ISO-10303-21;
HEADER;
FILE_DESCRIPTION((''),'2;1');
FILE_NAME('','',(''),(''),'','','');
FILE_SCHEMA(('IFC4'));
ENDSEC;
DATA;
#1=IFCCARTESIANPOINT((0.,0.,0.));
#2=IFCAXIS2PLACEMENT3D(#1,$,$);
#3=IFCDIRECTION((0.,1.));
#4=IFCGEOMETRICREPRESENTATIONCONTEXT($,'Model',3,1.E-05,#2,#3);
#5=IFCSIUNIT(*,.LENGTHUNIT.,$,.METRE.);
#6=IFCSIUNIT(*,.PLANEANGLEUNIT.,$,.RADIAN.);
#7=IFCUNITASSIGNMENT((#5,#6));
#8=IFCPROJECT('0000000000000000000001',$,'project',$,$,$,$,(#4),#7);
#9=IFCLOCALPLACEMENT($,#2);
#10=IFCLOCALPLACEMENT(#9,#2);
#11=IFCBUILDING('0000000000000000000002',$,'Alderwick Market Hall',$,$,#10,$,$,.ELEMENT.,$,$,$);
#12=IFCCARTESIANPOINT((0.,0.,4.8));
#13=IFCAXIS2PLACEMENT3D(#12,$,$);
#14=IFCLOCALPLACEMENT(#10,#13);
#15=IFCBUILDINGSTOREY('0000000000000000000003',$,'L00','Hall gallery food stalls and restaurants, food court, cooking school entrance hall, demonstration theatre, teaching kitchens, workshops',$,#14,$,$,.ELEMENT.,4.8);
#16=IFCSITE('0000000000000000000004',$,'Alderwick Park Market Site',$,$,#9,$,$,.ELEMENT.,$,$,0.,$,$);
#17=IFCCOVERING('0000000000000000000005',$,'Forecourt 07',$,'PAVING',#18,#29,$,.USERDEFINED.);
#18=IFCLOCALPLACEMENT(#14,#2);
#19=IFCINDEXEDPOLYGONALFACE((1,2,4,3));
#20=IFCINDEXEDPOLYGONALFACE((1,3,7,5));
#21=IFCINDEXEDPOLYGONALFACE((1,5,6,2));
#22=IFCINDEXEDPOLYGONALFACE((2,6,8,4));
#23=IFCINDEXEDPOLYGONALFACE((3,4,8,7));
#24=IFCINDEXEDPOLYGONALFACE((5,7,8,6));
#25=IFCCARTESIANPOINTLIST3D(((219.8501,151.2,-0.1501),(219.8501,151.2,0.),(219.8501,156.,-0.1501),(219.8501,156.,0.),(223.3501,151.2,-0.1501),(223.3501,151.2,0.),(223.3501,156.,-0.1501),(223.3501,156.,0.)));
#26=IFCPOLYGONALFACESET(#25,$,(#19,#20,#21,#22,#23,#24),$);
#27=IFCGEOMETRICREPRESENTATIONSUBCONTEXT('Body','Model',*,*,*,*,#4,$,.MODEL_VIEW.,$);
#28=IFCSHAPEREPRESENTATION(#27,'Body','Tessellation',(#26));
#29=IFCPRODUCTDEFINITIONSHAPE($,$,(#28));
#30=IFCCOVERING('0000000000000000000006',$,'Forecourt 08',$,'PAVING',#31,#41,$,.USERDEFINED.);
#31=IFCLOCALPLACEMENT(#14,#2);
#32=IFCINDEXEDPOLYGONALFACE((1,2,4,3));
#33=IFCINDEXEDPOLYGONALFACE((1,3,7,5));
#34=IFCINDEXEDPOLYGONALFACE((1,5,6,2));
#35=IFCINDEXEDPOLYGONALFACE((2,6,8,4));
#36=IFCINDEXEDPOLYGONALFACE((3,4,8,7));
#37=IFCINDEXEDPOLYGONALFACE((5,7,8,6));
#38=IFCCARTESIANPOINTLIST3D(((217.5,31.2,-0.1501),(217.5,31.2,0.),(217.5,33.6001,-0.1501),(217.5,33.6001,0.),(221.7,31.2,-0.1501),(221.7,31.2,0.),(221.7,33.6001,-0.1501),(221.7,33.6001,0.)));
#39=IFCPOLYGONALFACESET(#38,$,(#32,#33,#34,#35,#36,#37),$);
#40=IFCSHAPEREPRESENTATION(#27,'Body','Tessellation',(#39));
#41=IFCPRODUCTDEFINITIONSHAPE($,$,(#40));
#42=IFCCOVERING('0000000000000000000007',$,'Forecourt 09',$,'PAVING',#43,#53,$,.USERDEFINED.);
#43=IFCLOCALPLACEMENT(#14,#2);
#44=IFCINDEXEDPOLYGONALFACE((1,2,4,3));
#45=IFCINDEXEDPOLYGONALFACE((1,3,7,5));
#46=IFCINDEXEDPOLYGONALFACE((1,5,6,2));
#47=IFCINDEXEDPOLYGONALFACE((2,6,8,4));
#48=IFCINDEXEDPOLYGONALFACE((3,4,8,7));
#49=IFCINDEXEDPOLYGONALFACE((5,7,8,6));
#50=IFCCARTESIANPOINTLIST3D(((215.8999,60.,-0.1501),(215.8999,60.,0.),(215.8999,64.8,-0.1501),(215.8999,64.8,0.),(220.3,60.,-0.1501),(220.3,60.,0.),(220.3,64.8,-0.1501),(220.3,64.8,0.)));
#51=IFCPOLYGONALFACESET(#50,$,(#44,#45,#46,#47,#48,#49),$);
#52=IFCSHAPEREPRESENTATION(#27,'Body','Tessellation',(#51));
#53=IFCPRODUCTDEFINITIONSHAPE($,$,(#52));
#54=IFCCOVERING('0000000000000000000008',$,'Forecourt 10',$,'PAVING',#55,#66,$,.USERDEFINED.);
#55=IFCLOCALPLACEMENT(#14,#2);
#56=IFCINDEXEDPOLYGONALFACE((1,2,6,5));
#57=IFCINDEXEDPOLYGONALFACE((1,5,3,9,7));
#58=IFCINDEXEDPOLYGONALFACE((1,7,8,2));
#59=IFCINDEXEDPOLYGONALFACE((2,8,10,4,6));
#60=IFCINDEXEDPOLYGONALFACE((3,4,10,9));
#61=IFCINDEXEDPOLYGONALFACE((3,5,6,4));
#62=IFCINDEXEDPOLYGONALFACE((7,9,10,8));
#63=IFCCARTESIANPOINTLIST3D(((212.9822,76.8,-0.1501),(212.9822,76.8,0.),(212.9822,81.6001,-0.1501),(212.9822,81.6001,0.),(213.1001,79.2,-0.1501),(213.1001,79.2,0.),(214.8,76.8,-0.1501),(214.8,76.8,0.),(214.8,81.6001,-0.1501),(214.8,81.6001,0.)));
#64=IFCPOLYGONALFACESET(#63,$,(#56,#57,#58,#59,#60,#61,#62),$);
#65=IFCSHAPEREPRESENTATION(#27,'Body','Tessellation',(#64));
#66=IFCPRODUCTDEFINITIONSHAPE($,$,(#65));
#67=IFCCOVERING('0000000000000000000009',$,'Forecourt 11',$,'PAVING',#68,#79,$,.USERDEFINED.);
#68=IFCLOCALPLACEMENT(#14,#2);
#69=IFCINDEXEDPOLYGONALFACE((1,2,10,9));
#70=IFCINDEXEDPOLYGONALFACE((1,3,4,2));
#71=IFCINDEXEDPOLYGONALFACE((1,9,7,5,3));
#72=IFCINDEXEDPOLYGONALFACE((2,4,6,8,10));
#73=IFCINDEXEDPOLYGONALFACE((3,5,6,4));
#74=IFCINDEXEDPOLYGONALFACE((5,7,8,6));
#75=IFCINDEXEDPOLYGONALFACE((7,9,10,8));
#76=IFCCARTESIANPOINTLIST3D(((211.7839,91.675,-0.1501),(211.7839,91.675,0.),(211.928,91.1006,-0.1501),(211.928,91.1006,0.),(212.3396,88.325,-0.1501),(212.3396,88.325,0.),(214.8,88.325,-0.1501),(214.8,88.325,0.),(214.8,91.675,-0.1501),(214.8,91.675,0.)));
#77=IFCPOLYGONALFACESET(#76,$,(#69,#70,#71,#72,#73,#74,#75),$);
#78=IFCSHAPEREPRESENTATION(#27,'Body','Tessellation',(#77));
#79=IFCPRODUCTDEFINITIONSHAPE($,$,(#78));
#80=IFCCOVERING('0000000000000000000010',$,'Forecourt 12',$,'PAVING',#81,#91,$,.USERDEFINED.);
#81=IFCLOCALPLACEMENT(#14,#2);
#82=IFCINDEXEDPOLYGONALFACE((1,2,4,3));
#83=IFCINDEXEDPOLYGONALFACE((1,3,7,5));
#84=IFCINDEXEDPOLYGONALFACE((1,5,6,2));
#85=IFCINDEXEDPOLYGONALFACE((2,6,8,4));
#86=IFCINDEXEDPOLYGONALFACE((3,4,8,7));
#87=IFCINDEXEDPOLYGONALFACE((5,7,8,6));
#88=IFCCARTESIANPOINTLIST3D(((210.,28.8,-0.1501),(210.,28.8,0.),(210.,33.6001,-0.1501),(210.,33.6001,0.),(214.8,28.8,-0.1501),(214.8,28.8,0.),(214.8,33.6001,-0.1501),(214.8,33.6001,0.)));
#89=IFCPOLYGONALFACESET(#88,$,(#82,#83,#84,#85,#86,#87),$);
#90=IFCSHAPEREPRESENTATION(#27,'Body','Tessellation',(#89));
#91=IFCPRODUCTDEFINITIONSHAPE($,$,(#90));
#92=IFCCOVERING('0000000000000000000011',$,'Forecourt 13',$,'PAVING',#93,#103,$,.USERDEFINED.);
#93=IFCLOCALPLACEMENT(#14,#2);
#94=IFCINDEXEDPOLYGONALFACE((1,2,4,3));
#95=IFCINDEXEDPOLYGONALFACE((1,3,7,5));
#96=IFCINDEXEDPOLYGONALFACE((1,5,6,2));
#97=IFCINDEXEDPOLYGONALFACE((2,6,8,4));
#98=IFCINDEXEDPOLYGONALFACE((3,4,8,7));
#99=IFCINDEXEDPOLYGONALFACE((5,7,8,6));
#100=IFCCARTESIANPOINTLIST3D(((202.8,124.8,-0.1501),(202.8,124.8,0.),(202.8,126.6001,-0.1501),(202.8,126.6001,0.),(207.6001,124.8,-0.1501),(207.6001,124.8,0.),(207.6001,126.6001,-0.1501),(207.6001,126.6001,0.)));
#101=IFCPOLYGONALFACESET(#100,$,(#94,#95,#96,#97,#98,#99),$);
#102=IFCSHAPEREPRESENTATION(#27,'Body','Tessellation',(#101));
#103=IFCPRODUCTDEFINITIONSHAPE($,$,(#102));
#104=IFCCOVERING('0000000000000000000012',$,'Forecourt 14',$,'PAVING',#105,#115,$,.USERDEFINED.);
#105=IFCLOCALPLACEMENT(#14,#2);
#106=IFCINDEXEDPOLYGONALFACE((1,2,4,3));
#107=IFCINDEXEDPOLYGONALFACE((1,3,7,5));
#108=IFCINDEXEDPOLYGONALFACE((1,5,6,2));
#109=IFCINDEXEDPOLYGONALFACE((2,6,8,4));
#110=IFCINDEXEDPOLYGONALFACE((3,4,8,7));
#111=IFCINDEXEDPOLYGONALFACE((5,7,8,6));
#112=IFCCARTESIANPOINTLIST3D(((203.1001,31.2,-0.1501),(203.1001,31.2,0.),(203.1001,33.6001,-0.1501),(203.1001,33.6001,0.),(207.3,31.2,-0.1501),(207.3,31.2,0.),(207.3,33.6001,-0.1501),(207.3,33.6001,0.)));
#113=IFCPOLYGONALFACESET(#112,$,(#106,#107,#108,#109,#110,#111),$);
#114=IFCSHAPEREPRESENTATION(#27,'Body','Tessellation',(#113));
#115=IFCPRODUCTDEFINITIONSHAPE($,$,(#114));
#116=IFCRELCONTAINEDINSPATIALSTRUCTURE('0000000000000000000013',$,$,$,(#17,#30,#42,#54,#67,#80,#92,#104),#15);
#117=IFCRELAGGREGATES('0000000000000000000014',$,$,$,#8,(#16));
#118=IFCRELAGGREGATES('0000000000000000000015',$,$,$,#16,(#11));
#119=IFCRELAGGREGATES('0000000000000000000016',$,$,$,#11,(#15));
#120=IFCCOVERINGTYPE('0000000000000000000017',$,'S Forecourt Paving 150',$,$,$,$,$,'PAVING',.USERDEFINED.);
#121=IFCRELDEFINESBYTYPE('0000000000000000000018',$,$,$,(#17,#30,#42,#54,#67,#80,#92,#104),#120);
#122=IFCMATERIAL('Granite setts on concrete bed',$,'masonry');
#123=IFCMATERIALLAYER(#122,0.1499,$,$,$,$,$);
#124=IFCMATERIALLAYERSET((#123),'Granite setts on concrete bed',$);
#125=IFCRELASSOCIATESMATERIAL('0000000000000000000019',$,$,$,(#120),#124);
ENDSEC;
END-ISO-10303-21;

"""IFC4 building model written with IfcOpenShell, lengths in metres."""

from ifc_helpers import new_model, si_unit, direction, frame, origin, place, context, subcontext, project, spatial, polyline, outline, extrude, material, layer, layer_set, type_object, element, save


model = new_model("IFC4")

# Units and contexts
model_context = context("Model", 3, precision=1e-05, world=origin(), true_north=direction((0.0, 1.0)))
body_context = subcontext(model_context, "Body", "Model", "MODEL_VIEW")
ifc_project = project(units=[si_unit("LENGTHUNIT", "METRE"), si_unit("PLANEANGLEUNIT", "RADIAN")], contexts=[model_context])

# Site, building, storey
site_placement = place(None, origin())
site = spatial("IfcSite", under=ifc_project, at=site_placement, Name="Alderwick Park Market Site", CompositionType="ELEMENT", RefElevation=0.0)
building_placement = place(site_placement, origin())
building = spatial("IfcBuilding", under=site, at=building_placement, Name="Alderwick Market Hall", CompositionType="ELEMENT")
storey_placement = place(building_placement, frame((0.0, 0.0, 4.8)))
storey = spatial("IfcBuildingStorey", under=building, at=storey_placement, Name="L00", Description="Hall gallery food stalls and restaurants, food court, cooking school entrance hall, demonstration theatre, teaching kitchens, workshops", CompositionType="ELEMENT", Elevation=4.8)

# Coverings
ifc_material_1 = material(Name="Granite setts on concrete bed", Category="masonry")
ifc_layer_1 = layer(ifc_material_1, 0.1499)
ifc_layer_set_1 = layer_set([ifc_layer_1], Name="Granite setts on concrete bed")
covering_type_1 = type_object("IfcCoveringType", Name="S Forecourt Paving 150", ElementType="PAVING", PredefinedType="USERDEFINED", material=ifc_layer_set_1)
covering_1_placement = place(storey_placement, frame((0.0, 0.0, -0.1501)))
element("IfcCovering", 1, at=covering_1_placement, inside=storey, type_object=covering_type_1, Name="Forecourt 07", ObjectType="PAVING", PredefinedType="USERDEFINED", context=body_context, shape_type="SweptSolid", body=[
    extrude(outline(polyline([(223.3501, 151.2), (223.3501, 156.0), (219.8501, 156.0), (219.8501, 151.2), (223.3501, 151.2)])), origin(), (0.0, 0.0, 1.0), 0.1501),
])
covering_2_placement = place(storey_placement, frame((0.0, 0.0, -0.1501)))
element("IfcCovering", 2, at=covering_2_placement, inside=storey, type_object=covering_type_1, Name="Forecourt 08", ObjectType="PAVING", PredefinedType="USERDEFINED", context=body_context, shape_type="SweptSolid", body=[
    extrude(outline(polyline([(221.7, 31.2), (221.7, 33.6001), (217.5, 33.6001), (217.5, 31.2), (221.7, 31.2)])), origin(), (0.0, 0.0, 1.0), 0.1501),
])
covering_3_placement = place(storey_placement, frame((0.0, 0.0, -0.1501)))
element("IfcCovering", 3, at=covering_3_placement, inside=storey, type_object=covering_type_1, Name="Forecourt 09", ObjectType="PAVING", PredefinedType="USERDEFINED", context=body_context, shape_type="SweptSolid", body=[
    extrude(outline(polyline([(215.8999, 60.0), (220.3, 60.0), (220.3, 64.8), (215.8999, 64.8), (215.8999, 60.0)])), origin(), (0.0, 0.0, 1.0), 0.1501),
])
covering_4_placement = place(storey_placement, frame((0.0, 0.0, -0.1501)))
element("IfcCovering", 4, at=covering_4_placement, inside=storey, type_object=covering_type_1, Name="Forecourt 10", ObjectType="PAVING", PredefinedType="USERDEFINED", context=body_context, shape_type="SweptSolid", body=[
    extrude(outline(polyline([(214.8, 76.8), (214.8, 81.6001), (212.9822, 81.6001), (213.1001, 79.2), (212.9822, 76.8), (214.8, 76.8)])), origin(), (0.0, 0.0, 1.0), 0.1501),
])
covering_5_placement = place(storey_placement, frame((0.0, 0.0, -0.1501)))
element("IfcCovering", 5, at=covering_5_placement, inside=storey, type_object=covering_type_1, Name="Forecourt 11", ObjectType="PAVING", PredefinedType="USERDEFINED", context=body_context, shape_type="SweptSolid", body=[
    extrude(outline(polyline([(214.8, 88.325), (214.8, 91.675), (211.7839, 91.675), (211.928, 91.1006), (212.3396, 88.325), (214.8, 88.325)])), origin(), (0.0, 0.0, 1.0), 0.1501),
])
covering_6_placement = place(storey_placement, frame((0.0, 0.0, -0.1501)))
element("IfcCovering", 6, at=covering_6_placement, inside=storey, type_object=covering_type_1, Name="Forecourt 12", ObjectType="PAVING", PredefinedType="USERDEFINED", context=body_context, shape_type="SweptSolid", body=[
    extrude(outline(polyline([(214.8, 28.8), (214.8, 33.6001), (210.0, 33.6001), (210.0, 28.8), (214.8, 28.8)])), origin(), (0.0, 0.0, 1.0), 0.1501),
])
covering_7_placement = place(storey_placement, frame((0.0, 0.0, -0.1501)))
element("IfcCovering", 7, at=covering_7_placement, inside=storey, type_object=covering_type_1, Name="Forecourt 13", ObjectType="PAVING", PredefinedType="USERDEFINED", context=body_context, shape_type="SweptSolid", body=[
    extrude(outline(polyline([(202.8, 126.6001), (202.8, 124.8), (207.6001, 124.8), (207.6001, 126.6001), (202.8, 126.6001)])), origin(), (0.0, 0.0, 1.0), 0.1501),
])
covering_8_placement = place(storey_placement, frame((0.0, 0.0, -0.1501)))
element("IfcCovering", 8, at=covering_8_placement, inside=storey, type_object=covering_type_1, Name="Forecourt 14", ObjectType="PAVING", PredefinedType="USERDEFINED", context=body_context, shape_type="SweptSolid", body=[
    extrude(outline(polyline([(207.3, 31.2), (207.3, 33.6001), (203.1001, 33.6001), (203.1001, 31.2), (207.3, 31.2)])), origin(), (0.0, 0.0, 1.0), 0.1501),
])

save(model, "model.ifc")
